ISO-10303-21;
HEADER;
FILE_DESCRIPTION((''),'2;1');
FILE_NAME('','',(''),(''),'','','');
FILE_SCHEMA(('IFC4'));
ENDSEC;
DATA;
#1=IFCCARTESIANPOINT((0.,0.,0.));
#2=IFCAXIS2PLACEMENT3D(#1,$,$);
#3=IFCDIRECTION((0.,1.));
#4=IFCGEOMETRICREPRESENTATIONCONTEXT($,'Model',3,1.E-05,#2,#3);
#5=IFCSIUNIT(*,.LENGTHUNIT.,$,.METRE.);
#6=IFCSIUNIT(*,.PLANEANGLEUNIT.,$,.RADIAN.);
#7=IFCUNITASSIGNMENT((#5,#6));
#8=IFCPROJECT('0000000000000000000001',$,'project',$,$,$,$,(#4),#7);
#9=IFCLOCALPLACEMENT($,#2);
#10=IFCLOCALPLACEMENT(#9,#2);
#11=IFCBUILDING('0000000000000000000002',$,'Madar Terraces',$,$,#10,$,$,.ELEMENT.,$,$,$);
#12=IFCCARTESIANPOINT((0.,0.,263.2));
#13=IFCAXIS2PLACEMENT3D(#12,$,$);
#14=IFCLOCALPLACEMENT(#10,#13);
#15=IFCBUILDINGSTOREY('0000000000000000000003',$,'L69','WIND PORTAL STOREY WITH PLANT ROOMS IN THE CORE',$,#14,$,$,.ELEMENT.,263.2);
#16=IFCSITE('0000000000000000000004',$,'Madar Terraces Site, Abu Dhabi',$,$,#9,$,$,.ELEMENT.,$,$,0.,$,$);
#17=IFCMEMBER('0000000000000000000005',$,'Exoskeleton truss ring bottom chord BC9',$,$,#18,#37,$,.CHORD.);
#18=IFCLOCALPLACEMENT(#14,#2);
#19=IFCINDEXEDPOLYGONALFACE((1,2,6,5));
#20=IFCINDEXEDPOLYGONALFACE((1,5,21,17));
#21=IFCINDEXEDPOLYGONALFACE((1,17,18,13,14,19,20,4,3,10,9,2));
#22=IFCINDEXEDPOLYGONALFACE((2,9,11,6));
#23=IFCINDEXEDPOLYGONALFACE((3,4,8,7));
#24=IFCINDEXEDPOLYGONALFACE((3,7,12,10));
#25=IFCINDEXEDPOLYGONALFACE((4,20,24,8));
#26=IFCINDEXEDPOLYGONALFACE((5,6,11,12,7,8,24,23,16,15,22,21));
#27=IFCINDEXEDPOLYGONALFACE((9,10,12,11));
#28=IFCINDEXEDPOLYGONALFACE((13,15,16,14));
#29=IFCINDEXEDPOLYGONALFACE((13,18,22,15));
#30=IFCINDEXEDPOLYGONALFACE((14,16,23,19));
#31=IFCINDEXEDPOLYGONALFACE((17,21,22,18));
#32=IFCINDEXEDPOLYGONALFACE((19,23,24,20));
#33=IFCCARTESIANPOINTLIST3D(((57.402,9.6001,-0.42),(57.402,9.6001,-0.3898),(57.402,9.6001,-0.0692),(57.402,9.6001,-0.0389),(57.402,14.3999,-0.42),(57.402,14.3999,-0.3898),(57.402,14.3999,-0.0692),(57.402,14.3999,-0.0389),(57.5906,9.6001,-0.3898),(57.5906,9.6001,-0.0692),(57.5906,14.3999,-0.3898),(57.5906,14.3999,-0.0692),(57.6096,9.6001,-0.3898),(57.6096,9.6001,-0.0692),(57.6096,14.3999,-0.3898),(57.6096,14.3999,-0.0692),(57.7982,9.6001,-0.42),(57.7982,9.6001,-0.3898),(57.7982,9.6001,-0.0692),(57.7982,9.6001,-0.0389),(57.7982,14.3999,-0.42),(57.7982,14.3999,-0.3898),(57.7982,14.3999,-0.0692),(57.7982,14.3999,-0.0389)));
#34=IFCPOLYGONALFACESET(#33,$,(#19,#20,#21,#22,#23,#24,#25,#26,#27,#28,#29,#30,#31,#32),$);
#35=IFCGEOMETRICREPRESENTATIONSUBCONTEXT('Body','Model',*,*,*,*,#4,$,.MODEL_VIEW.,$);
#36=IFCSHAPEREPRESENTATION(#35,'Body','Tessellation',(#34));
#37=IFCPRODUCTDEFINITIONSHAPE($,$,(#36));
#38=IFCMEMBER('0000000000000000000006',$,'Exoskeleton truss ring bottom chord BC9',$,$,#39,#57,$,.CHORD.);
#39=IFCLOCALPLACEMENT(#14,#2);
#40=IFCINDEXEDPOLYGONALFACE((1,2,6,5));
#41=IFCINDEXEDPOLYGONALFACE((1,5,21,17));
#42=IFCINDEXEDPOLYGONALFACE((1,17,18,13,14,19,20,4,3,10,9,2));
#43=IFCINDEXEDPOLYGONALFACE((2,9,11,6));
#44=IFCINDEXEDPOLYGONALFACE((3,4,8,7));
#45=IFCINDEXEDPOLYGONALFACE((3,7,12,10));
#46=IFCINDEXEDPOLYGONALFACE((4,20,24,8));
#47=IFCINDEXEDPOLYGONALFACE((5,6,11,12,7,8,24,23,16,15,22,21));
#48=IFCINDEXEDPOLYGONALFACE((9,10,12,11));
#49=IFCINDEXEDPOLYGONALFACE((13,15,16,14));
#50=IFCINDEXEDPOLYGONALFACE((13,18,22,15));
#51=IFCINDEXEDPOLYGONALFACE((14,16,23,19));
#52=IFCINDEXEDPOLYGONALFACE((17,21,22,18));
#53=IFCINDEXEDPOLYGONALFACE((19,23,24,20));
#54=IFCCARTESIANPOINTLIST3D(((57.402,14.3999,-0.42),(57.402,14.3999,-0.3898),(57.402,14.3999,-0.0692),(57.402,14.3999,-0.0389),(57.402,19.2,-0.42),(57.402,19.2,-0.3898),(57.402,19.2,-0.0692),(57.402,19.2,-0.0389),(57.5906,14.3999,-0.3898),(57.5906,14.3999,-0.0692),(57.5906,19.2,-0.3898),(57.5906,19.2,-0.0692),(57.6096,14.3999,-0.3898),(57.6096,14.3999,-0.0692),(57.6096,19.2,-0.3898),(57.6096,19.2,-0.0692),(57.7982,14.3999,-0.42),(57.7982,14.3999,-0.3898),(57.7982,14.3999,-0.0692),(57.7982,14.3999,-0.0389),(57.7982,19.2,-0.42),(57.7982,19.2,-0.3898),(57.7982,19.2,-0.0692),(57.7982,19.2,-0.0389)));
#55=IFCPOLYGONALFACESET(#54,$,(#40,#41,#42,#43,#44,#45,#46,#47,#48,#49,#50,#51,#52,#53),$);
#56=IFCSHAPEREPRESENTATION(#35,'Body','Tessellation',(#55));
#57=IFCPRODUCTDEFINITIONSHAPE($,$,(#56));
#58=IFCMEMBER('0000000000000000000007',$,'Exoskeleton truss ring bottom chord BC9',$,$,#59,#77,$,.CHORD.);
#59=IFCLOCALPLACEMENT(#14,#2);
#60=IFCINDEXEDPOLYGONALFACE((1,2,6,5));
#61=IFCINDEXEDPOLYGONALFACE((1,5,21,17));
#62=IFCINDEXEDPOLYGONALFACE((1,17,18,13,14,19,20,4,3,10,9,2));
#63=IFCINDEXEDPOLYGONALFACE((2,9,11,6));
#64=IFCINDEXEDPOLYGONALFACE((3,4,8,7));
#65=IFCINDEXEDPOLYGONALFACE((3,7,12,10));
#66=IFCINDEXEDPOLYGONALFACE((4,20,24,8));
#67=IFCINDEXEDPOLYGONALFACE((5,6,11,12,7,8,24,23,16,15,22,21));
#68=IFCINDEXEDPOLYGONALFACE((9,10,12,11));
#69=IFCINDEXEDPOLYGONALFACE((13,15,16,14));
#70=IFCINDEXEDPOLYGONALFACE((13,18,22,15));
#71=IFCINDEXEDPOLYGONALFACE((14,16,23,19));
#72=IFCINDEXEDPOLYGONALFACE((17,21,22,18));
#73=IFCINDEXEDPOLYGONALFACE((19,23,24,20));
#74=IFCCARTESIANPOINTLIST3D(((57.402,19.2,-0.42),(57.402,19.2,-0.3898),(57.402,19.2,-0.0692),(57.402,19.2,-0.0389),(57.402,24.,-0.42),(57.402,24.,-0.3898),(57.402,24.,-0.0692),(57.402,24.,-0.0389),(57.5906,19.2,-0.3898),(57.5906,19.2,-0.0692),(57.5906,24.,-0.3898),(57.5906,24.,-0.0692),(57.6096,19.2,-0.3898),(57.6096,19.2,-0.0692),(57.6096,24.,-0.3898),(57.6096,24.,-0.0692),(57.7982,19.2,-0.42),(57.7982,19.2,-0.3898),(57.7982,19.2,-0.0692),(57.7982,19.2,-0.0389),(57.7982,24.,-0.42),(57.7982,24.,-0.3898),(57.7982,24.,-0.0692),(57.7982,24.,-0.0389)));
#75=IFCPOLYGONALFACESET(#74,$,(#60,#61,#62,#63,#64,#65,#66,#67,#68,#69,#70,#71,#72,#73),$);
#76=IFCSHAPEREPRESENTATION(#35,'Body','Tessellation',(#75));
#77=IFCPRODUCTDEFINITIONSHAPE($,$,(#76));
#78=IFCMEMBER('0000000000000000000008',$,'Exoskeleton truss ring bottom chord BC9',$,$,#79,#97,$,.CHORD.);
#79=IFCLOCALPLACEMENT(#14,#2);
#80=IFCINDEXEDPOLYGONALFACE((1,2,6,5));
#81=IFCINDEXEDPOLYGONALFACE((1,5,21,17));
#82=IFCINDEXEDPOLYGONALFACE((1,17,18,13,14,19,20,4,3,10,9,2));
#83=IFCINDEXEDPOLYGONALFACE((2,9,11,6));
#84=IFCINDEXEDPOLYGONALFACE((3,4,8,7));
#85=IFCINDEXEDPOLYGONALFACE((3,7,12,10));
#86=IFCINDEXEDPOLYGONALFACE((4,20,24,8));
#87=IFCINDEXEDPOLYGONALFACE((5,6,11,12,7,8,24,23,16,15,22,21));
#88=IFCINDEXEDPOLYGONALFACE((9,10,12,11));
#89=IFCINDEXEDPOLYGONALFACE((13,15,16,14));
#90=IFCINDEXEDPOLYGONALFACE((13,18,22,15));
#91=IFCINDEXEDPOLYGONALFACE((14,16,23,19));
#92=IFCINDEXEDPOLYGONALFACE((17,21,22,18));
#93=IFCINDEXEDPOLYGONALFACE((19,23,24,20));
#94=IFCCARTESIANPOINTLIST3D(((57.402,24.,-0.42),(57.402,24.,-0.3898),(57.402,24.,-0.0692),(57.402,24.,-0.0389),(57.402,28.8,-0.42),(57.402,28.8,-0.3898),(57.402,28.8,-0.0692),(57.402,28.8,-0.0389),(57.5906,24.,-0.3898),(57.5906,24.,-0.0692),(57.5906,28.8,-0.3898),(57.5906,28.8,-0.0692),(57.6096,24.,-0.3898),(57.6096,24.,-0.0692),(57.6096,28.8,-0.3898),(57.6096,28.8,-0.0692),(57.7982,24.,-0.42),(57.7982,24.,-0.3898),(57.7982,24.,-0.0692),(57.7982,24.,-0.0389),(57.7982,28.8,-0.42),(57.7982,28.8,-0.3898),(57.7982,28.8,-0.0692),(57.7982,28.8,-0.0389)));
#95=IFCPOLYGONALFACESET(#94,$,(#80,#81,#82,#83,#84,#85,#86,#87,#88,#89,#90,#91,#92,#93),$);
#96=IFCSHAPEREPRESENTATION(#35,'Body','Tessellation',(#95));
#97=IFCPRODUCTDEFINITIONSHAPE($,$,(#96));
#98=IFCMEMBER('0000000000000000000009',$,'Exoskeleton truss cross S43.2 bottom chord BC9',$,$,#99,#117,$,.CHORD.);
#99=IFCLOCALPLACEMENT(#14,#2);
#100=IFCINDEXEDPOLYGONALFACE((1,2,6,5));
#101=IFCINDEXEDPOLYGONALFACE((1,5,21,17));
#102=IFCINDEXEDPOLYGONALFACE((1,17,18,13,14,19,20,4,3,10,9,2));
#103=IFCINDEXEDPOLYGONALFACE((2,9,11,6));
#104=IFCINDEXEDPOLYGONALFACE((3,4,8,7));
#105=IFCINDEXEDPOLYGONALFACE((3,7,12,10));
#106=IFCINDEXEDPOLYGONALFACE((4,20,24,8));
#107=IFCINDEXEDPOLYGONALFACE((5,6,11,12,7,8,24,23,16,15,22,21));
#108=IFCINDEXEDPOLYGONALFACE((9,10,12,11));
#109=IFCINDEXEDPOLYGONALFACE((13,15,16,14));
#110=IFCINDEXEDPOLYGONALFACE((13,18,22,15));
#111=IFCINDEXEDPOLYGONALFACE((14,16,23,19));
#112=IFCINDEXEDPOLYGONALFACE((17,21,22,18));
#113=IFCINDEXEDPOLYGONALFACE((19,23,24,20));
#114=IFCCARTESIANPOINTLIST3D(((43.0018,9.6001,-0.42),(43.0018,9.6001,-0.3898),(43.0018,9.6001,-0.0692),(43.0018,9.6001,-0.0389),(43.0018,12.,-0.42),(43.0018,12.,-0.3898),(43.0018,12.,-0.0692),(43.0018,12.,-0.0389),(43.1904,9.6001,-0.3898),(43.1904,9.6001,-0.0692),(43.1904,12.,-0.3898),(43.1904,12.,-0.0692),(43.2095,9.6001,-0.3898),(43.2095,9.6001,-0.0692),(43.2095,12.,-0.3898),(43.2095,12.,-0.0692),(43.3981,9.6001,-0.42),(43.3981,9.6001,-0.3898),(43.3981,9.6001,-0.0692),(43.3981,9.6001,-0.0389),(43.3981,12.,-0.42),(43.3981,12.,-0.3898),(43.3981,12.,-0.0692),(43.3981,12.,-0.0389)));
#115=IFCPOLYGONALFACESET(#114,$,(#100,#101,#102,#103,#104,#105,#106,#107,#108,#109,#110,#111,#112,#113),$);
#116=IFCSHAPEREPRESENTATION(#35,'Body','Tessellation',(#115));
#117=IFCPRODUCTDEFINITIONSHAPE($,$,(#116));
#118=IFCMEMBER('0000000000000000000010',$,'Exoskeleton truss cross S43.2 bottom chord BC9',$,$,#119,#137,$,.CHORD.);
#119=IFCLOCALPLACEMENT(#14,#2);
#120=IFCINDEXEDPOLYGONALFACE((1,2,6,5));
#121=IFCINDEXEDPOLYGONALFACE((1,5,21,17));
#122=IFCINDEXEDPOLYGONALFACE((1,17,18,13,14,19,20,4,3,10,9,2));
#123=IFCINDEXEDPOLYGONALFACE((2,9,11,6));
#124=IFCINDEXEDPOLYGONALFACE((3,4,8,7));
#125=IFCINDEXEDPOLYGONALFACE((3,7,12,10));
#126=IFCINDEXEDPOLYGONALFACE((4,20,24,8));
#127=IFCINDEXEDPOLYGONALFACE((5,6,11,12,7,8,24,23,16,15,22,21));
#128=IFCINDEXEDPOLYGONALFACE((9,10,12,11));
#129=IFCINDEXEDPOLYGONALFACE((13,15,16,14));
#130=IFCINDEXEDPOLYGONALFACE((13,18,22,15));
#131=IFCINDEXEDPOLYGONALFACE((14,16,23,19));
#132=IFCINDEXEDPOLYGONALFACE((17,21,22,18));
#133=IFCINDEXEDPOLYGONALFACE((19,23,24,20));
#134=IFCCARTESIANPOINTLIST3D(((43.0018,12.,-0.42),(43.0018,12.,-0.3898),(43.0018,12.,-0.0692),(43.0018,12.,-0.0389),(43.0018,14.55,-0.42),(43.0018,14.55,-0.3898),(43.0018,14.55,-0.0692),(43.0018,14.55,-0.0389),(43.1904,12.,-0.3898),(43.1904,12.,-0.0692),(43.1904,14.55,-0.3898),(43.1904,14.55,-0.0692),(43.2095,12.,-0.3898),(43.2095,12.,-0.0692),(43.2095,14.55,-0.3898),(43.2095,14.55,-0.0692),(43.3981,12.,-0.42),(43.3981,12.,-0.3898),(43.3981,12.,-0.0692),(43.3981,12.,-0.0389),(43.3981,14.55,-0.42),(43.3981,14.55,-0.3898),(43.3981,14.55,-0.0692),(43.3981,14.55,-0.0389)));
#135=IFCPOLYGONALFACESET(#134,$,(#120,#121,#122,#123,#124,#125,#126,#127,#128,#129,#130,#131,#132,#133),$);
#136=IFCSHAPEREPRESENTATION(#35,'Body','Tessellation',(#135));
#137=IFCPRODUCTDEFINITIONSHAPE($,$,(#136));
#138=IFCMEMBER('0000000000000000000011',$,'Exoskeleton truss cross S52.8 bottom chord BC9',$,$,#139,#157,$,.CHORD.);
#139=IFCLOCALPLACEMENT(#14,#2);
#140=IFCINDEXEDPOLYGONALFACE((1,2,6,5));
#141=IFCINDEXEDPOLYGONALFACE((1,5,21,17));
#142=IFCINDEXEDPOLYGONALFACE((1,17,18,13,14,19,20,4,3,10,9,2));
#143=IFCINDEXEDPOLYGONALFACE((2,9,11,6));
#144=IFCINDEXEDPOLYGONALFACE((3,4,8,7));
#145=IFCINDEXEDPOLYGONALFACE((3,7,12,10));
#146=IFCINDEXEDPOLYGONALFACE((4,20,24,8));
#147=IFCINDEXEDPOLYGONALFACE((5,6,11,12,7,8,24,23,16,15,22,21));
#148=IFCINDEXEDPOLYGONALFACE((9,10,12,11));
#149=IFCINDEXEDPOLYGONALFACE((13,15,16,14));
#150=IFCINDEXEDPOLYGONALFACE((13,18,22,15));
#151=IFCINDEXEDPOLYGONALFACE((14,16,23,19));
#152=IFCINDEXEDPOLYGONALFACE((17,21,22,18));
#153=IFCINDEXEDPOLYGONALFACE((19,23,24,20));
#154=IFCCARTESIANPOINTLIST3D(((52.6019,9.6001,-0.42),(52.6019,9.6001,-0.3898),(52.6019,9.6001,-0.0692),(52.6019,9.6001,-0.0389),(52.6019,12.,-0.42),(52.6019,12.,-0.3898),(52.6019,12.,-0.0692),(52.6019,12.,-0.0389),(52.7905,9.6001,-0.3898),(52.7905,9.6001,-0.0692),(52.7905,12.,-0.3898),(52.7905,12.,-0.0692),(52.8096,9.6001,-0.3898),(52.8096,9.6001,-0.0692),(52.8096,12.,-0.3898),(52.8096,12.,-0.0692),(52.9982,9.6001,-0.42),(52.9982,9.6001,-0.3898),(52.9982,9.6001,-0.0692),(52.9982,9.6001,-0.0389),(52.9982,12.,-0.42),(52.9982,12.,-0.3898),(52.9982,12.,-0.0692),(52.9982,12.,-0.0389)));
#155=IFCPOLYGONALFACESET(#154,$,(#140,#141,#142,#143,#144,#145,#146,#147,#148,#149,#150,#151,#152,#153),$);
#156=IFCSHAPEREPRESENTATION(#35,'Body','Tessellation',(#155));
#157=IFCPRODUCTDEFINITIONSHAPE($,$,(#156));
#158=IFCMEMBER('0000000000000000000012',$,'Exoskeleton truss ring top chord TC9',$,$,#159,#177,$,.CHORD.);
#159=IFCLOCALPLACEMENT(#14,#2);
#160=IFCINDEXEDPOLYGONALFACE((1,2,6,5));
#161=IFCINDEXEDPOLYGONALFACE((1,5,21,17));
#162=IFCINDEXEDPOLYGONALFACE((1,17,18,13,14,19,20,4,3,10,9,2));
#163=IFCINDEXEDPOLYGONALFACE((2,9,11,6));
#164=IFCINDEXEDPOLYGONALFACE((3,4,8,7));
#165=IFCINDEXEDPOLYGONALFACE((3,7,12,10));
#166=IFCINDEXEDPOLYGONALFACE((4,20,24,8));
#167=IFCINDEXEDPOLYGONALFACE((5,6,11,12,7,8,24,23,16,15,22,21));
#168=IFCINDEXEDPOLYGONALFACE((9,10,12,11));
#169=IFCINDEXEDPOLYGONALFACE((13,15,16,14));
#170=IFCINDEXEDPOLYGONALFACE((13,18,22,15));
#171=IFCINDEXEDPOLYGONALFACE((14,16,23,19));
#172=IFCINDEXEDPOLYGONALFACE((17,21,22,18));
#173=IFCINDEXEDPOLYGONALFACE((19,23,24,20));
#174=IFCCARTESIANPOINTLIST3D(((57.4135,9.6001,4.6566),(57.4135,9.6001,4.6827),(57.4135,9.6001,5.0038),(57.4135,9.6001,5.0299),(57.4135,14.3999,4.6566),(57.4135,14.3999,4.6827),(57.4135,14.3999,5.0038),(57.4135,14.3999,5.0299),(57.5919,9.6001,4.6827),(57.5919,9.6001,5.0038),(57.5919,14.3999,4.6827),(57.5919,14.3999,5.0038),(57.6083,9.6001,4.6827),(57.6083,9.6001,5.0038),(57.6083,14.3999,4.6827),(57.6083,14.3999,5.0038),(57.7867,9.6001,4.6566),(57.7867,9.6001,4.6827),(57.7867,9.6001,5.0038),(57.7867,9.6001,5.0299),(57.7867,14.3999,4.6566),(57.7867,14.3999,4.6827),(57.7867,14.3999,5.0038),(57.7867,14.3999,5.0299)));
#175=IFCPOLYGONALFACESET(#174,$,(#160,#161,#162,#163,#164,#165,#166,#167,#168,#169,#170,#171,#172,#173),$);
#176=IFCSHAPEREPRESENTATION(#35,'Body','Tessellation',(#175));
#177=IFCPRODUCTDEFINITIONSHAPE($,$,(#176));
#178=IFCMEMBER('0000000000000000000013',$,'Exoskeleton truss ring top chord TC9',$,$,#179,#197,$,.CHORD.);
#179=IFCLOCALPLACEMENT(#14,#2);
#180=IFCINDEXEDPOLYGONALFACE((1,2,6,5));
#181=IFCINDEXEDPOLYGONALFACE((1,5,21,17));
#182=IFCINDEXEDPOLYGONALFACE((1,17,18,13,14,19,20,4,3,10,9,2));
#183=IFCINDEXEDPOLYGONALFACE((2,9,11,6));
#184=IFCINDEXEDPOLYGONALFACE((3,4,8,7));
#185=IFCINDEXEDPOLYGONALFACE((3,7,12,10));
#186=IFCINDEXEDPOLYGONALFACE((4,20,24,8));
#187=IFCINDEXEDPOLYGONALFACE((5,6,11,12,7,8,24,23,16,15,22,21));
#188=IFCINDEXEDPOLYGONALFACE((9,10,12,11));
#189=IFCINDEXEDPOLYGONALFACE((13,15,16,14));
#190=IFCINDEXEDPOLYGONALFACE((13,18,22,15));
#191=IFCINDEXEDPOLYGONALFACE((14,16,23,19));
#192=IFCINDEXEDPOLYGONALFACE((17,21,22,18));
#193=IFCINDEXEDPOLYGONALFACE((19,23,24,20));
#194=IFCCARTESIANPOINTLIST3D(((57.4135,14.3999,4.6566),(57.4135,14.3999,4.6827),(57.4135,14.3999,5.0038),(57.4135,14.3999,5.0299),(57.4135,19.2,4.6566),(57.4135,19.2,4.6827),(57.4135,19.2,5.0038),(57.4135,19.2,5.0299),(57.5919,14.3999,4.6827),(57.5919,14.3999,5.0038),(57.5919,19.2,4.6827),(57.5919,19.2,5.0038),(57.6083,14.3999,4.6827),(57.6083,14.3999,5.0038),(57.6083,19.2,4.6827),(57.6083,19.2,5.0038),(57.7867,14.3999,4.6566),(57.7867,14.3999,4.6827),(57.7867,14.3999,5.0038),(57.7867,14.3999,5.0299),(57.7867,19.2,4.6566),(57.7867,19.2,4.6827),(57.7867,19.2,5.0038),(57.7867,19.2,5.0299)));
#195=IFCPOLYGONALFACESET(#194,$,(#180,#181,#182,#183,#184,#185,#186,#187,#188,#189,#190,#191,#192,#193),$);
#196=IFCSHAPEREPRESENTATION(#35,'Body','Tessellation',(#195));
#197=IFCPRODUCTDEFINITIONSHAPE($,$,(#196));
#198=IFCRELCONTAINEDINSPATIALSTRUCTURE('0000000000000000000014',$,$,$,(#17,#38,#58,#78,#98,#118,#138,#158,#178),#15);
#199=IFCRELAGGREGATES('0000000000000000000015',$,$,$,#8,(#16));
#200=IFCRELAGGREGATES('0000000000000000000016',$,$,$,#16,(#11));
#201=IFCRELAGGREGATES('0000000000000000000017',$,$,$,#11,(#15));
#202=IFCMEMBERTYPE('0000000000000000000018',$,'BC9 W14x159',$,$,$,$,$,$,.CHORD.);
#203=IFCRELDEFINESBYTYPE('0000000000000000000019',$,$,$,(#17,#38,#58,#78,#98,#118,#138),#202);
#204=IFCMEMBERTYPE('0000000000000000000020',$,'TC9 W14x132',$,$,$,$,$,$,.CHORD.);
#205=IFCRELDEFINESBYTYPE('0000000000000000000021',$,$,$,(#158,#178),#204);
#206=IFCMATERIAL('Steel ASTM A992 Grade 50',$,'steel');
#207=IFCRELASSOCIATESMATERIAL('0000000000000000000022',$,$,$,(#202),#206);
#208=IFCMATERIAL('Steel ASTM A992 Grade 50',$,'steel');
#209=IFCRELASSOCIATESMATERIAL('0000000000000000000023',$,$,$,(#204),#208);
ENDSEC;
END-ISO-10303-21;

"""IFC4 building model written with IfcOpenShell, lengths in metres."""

from ifc_helpers import new_model, si_unit, direction, frame, origin, origin_2d, place, context, subcontext, project, spatial, i_section, extrude, material, material_profile, profile_set, type_object, element, save


model = new_model("IFC4")

# Units and contexts
model_context = context("Model", 3, precision=1e-05, world=origin(), true_north=direction((0.0, 1.0)))
body_context = subcontext(model_context, "Body", "Model", "MODEL_VIEW")
ifc_project = project(units=[si_unit("LENGTHUNIT", "METRE"), si_unit("PLANEANGLEUNIT", "RADIAN")], contexts=[model_context])

# Site, building, storey
site_placement = place(None, origin())
site = spatial("IfcSite", under=ifc_project, at=site_placement, Name="Madar Terraces Site, Abu Dhabi", CompositionType="ELEMENT", RefElevation=0.0)
building_placement = place(site_placement, origin())
building = spatial("IfcBuilding", under=site, at=building_placement, Name="Madar Terraces", CompositionType="ELEMENT")
storey_placement = place(building_placement, frame((0.0, 0.0, 263.2)))
storey = spatial("IfcBuildingStorey", under=building, at=storey_placement, Name="L69", Description="WIND PORTAL STOREY WITH PLANT ROOMS IN THE CORE", CompositionType="ELEMENT", Elevation=263.2)

# Members
ifc_material_1 = material(Name="Steel ASTM A992 Grade 50", Category="steel")
ifc_material_profile_1 = material_profile(ifc_material_1, i_section(OverallWidth=0.3962, OverallDepth=0.3811, WebThickness=0.019, FlangeThickness=0.0303, at=origin_2d()), Name="W14x159")
ifc_profile_set_1 = profile_set([ifc_material_profile_1], Name="Steel ASTM A992 Grade 50")
member_type_1 = type_object("IfcMemberType", Name="BC9 W14x159", PredefinedType="CHORD", material=ifc_profile_set_1)
member_1_placement = place(storey_placement, frame((57.6001, 9.6001, -0.2295), z_axis=(0.0, 1.0, 0.0), x_axis=(-1.0, 0.0, 0.0)))
element("IfcMember", 1, at=member_1_placement, inside=storey, type_object=member_type_1, Name="Exoskeleton truss ring bottom chord BC9", PredefinedType="CHORD", context=body_context, shape_type="SweptSolid", body=[
    extrude(i_section(OverallWidth=0.3962, OverallDepth=0.3811, WebThickness=0.019, FlangeThickness=0.0303, at=origin_2d()), origin(), (0.0, 0.0, 1.0), 4.7998),
])
for number, where, z_axis, x_axis, name in (
    (2, (57.6001, 14.3999, -0.2295), (0.0, 1.0, 0.0), (-1.0, 0.0, 0.0), "Exoskeleton truss ring bottom chord BC9"),
    (3, (57.6001, 19.2, -0.2295), (0.0, 1.0, 0.0), (-1.0, 0.0, 0.0), "Exoskeleton truss ring bottom chord BC9"),
    (4, (57.6001, 24.0, -0.2295), (0.0, 1.0, 0.0), (-1.0, 0.0, 0.0), "Exoskeleton truss ring bottom chord BC9"),
):
    element("IfcMember", number, at=place(storey_placement, frame(where, z_axis=z_axis, x_axis=x_axis)), inside=storey, type_object=member_type_1, Name=name, PredefinedType="CHORD", context=body_context, shape_type="SweptSolid", body=[
        extrude(i_section(OverallWidth=0.3962, OverallDepth=0.3811, WebThickness=0.019, FlangeThickness=0.0303, at=origin_2d()), origin(), (0.0, 0.0, 1.0), 4.8),
    ])
member_2_placement = place(storey_placement, frame((43.2, 9.6001, -0.2295), z_axis=(0.0, 1.0, 0.0), x_axis=(-1.0, 0.0, 0.0)))
element("IfcMember", 5, at=member_2_placement, inside=storey, type_object=member_type_1, Name="Exoskeleton truss cross S43.2 bottom chord BC9", PredefinedType="CHORD", context=body_context, shape_type="SweptSolid", body=[
    extrude(i_section(OverallWidth=0.3962, OverallDepth=0.3811, WebThickness=0.019, FlangeThickness=0.0303, at=origin_2d()), origin(), (0.0, 0.0, 1.0), 2.3999),
])
member_3_placement = place(storey_placement, frame((43.2, 12.0, -0.2295), z_axis=(0.0, 1.0, 0.0), x_axis=(-1.0, 0.0, 0.0)))
element("IfcMember", 6, at=member_3_placement, inside=storey, type_object=member_type_1, Name="Exoskeleton truss cross S43.2 bottom chord BC9", PredefinedType="CHORD", context=body_context, shape_type="SweptSolid", body=[
    extrude(i_section(OverallWidth=0.3962, OverallDepth=0.3811, WebThickness=0.019, FlangeThickness=0.0303, at=origin_2d()), origin(), (0.0, 0.0, 1.0), 2.55),
])
member_4_placement = place(storey_placement, frame((52.8, 9.6001, -0.2295), z_axis=(0.0, 1.0, 0.0), x_axis=(-1.0, 0.0, 0.0)))
element("IfcMember", 7, at=member_4_placement, inside=storey, type_object=member_type_1, Name="Exoskeleton truss cross S52.8 bottom chord BC9", PredefinedType="CHORD", context=body_context, shape_type="SweptSolid", body=[
    extrude(i_section(OverallWidth=0.3962, OverallDepth=0.3811, WebThickness=0.019, FlangeThickness=0.0303, at=origin_2d()), origin(), (0.0, 0.0, 1.0), 2.3999),
])
ifc_material_2 = material(Name="Steel ASTM A992 Grade 50", Category="steel")
ifc_material_profile_2 = material_profile(ifc_material_2, i_section(OverallWidth=0.3733, OverallDepth=0.3733, WebThickness=0.0164, FlangeThickness=0.0261, at=origin_2d()), Name="W14x132")
ifc_profile_set_2 = profile_set([ifc_material_profile_2], Name="Steel ASTM A992 Grade 50")
member_type_2 = type_object("IfcMemberType", Name="TC9 W14x132", PredefinedType="CHORD", material=ifc_profile_set_2)
member_5_placement = place(storey_placement, frame((57.6001, 9.6001, 4.8433), z_axis=(0.0, 1.0, 0.0), x_axis=(-1.0, 0.0, 0.0)))
element("IfcMember", 8, at=member_5_placement, inside=storey, type_object=member_type_2, Name="Exoskeleton truss ring top chord TC9", PredefinedType="CHORD", context=body_context, shape_type="SweptSolid", body=[
    extrude(i_section(OverallWidth=0.3733, OverallDepth=0.3733, WebThickness=0.0164, FlangeThickness=0.0261, at=origin_2d()), origin(), (0.0, 0.0, 1.0), 4.7998),
])
for number, where, z_axis, x_axis, name in (
    (9, (57.6001, 14.3999, 4.8433), (0.0, 1.0, 0.0), (-1.0, 0.0, 0.0), "Exoskeleton truss ring top chord TC9"),
):
    element("IfcMember", number, at=place(storey_placement, frame(where, z_axis=z_axis, x_axis=x_axis)), inside=storey, type_object=member_type_2, Name=name, PredefinedType="CHORD", context=body_context, shape_type="SweptSolid", body=[
        extrude(i_section(OverallWidth=0.3733, OverallDepth=0.3733, WebThickness=0.0164, FlangeThickness=0.0261, at=origin_2d()), origin(), (0.0, 0.0, 1.0), 4.8),
    ])

save(model, "model.ifc")
